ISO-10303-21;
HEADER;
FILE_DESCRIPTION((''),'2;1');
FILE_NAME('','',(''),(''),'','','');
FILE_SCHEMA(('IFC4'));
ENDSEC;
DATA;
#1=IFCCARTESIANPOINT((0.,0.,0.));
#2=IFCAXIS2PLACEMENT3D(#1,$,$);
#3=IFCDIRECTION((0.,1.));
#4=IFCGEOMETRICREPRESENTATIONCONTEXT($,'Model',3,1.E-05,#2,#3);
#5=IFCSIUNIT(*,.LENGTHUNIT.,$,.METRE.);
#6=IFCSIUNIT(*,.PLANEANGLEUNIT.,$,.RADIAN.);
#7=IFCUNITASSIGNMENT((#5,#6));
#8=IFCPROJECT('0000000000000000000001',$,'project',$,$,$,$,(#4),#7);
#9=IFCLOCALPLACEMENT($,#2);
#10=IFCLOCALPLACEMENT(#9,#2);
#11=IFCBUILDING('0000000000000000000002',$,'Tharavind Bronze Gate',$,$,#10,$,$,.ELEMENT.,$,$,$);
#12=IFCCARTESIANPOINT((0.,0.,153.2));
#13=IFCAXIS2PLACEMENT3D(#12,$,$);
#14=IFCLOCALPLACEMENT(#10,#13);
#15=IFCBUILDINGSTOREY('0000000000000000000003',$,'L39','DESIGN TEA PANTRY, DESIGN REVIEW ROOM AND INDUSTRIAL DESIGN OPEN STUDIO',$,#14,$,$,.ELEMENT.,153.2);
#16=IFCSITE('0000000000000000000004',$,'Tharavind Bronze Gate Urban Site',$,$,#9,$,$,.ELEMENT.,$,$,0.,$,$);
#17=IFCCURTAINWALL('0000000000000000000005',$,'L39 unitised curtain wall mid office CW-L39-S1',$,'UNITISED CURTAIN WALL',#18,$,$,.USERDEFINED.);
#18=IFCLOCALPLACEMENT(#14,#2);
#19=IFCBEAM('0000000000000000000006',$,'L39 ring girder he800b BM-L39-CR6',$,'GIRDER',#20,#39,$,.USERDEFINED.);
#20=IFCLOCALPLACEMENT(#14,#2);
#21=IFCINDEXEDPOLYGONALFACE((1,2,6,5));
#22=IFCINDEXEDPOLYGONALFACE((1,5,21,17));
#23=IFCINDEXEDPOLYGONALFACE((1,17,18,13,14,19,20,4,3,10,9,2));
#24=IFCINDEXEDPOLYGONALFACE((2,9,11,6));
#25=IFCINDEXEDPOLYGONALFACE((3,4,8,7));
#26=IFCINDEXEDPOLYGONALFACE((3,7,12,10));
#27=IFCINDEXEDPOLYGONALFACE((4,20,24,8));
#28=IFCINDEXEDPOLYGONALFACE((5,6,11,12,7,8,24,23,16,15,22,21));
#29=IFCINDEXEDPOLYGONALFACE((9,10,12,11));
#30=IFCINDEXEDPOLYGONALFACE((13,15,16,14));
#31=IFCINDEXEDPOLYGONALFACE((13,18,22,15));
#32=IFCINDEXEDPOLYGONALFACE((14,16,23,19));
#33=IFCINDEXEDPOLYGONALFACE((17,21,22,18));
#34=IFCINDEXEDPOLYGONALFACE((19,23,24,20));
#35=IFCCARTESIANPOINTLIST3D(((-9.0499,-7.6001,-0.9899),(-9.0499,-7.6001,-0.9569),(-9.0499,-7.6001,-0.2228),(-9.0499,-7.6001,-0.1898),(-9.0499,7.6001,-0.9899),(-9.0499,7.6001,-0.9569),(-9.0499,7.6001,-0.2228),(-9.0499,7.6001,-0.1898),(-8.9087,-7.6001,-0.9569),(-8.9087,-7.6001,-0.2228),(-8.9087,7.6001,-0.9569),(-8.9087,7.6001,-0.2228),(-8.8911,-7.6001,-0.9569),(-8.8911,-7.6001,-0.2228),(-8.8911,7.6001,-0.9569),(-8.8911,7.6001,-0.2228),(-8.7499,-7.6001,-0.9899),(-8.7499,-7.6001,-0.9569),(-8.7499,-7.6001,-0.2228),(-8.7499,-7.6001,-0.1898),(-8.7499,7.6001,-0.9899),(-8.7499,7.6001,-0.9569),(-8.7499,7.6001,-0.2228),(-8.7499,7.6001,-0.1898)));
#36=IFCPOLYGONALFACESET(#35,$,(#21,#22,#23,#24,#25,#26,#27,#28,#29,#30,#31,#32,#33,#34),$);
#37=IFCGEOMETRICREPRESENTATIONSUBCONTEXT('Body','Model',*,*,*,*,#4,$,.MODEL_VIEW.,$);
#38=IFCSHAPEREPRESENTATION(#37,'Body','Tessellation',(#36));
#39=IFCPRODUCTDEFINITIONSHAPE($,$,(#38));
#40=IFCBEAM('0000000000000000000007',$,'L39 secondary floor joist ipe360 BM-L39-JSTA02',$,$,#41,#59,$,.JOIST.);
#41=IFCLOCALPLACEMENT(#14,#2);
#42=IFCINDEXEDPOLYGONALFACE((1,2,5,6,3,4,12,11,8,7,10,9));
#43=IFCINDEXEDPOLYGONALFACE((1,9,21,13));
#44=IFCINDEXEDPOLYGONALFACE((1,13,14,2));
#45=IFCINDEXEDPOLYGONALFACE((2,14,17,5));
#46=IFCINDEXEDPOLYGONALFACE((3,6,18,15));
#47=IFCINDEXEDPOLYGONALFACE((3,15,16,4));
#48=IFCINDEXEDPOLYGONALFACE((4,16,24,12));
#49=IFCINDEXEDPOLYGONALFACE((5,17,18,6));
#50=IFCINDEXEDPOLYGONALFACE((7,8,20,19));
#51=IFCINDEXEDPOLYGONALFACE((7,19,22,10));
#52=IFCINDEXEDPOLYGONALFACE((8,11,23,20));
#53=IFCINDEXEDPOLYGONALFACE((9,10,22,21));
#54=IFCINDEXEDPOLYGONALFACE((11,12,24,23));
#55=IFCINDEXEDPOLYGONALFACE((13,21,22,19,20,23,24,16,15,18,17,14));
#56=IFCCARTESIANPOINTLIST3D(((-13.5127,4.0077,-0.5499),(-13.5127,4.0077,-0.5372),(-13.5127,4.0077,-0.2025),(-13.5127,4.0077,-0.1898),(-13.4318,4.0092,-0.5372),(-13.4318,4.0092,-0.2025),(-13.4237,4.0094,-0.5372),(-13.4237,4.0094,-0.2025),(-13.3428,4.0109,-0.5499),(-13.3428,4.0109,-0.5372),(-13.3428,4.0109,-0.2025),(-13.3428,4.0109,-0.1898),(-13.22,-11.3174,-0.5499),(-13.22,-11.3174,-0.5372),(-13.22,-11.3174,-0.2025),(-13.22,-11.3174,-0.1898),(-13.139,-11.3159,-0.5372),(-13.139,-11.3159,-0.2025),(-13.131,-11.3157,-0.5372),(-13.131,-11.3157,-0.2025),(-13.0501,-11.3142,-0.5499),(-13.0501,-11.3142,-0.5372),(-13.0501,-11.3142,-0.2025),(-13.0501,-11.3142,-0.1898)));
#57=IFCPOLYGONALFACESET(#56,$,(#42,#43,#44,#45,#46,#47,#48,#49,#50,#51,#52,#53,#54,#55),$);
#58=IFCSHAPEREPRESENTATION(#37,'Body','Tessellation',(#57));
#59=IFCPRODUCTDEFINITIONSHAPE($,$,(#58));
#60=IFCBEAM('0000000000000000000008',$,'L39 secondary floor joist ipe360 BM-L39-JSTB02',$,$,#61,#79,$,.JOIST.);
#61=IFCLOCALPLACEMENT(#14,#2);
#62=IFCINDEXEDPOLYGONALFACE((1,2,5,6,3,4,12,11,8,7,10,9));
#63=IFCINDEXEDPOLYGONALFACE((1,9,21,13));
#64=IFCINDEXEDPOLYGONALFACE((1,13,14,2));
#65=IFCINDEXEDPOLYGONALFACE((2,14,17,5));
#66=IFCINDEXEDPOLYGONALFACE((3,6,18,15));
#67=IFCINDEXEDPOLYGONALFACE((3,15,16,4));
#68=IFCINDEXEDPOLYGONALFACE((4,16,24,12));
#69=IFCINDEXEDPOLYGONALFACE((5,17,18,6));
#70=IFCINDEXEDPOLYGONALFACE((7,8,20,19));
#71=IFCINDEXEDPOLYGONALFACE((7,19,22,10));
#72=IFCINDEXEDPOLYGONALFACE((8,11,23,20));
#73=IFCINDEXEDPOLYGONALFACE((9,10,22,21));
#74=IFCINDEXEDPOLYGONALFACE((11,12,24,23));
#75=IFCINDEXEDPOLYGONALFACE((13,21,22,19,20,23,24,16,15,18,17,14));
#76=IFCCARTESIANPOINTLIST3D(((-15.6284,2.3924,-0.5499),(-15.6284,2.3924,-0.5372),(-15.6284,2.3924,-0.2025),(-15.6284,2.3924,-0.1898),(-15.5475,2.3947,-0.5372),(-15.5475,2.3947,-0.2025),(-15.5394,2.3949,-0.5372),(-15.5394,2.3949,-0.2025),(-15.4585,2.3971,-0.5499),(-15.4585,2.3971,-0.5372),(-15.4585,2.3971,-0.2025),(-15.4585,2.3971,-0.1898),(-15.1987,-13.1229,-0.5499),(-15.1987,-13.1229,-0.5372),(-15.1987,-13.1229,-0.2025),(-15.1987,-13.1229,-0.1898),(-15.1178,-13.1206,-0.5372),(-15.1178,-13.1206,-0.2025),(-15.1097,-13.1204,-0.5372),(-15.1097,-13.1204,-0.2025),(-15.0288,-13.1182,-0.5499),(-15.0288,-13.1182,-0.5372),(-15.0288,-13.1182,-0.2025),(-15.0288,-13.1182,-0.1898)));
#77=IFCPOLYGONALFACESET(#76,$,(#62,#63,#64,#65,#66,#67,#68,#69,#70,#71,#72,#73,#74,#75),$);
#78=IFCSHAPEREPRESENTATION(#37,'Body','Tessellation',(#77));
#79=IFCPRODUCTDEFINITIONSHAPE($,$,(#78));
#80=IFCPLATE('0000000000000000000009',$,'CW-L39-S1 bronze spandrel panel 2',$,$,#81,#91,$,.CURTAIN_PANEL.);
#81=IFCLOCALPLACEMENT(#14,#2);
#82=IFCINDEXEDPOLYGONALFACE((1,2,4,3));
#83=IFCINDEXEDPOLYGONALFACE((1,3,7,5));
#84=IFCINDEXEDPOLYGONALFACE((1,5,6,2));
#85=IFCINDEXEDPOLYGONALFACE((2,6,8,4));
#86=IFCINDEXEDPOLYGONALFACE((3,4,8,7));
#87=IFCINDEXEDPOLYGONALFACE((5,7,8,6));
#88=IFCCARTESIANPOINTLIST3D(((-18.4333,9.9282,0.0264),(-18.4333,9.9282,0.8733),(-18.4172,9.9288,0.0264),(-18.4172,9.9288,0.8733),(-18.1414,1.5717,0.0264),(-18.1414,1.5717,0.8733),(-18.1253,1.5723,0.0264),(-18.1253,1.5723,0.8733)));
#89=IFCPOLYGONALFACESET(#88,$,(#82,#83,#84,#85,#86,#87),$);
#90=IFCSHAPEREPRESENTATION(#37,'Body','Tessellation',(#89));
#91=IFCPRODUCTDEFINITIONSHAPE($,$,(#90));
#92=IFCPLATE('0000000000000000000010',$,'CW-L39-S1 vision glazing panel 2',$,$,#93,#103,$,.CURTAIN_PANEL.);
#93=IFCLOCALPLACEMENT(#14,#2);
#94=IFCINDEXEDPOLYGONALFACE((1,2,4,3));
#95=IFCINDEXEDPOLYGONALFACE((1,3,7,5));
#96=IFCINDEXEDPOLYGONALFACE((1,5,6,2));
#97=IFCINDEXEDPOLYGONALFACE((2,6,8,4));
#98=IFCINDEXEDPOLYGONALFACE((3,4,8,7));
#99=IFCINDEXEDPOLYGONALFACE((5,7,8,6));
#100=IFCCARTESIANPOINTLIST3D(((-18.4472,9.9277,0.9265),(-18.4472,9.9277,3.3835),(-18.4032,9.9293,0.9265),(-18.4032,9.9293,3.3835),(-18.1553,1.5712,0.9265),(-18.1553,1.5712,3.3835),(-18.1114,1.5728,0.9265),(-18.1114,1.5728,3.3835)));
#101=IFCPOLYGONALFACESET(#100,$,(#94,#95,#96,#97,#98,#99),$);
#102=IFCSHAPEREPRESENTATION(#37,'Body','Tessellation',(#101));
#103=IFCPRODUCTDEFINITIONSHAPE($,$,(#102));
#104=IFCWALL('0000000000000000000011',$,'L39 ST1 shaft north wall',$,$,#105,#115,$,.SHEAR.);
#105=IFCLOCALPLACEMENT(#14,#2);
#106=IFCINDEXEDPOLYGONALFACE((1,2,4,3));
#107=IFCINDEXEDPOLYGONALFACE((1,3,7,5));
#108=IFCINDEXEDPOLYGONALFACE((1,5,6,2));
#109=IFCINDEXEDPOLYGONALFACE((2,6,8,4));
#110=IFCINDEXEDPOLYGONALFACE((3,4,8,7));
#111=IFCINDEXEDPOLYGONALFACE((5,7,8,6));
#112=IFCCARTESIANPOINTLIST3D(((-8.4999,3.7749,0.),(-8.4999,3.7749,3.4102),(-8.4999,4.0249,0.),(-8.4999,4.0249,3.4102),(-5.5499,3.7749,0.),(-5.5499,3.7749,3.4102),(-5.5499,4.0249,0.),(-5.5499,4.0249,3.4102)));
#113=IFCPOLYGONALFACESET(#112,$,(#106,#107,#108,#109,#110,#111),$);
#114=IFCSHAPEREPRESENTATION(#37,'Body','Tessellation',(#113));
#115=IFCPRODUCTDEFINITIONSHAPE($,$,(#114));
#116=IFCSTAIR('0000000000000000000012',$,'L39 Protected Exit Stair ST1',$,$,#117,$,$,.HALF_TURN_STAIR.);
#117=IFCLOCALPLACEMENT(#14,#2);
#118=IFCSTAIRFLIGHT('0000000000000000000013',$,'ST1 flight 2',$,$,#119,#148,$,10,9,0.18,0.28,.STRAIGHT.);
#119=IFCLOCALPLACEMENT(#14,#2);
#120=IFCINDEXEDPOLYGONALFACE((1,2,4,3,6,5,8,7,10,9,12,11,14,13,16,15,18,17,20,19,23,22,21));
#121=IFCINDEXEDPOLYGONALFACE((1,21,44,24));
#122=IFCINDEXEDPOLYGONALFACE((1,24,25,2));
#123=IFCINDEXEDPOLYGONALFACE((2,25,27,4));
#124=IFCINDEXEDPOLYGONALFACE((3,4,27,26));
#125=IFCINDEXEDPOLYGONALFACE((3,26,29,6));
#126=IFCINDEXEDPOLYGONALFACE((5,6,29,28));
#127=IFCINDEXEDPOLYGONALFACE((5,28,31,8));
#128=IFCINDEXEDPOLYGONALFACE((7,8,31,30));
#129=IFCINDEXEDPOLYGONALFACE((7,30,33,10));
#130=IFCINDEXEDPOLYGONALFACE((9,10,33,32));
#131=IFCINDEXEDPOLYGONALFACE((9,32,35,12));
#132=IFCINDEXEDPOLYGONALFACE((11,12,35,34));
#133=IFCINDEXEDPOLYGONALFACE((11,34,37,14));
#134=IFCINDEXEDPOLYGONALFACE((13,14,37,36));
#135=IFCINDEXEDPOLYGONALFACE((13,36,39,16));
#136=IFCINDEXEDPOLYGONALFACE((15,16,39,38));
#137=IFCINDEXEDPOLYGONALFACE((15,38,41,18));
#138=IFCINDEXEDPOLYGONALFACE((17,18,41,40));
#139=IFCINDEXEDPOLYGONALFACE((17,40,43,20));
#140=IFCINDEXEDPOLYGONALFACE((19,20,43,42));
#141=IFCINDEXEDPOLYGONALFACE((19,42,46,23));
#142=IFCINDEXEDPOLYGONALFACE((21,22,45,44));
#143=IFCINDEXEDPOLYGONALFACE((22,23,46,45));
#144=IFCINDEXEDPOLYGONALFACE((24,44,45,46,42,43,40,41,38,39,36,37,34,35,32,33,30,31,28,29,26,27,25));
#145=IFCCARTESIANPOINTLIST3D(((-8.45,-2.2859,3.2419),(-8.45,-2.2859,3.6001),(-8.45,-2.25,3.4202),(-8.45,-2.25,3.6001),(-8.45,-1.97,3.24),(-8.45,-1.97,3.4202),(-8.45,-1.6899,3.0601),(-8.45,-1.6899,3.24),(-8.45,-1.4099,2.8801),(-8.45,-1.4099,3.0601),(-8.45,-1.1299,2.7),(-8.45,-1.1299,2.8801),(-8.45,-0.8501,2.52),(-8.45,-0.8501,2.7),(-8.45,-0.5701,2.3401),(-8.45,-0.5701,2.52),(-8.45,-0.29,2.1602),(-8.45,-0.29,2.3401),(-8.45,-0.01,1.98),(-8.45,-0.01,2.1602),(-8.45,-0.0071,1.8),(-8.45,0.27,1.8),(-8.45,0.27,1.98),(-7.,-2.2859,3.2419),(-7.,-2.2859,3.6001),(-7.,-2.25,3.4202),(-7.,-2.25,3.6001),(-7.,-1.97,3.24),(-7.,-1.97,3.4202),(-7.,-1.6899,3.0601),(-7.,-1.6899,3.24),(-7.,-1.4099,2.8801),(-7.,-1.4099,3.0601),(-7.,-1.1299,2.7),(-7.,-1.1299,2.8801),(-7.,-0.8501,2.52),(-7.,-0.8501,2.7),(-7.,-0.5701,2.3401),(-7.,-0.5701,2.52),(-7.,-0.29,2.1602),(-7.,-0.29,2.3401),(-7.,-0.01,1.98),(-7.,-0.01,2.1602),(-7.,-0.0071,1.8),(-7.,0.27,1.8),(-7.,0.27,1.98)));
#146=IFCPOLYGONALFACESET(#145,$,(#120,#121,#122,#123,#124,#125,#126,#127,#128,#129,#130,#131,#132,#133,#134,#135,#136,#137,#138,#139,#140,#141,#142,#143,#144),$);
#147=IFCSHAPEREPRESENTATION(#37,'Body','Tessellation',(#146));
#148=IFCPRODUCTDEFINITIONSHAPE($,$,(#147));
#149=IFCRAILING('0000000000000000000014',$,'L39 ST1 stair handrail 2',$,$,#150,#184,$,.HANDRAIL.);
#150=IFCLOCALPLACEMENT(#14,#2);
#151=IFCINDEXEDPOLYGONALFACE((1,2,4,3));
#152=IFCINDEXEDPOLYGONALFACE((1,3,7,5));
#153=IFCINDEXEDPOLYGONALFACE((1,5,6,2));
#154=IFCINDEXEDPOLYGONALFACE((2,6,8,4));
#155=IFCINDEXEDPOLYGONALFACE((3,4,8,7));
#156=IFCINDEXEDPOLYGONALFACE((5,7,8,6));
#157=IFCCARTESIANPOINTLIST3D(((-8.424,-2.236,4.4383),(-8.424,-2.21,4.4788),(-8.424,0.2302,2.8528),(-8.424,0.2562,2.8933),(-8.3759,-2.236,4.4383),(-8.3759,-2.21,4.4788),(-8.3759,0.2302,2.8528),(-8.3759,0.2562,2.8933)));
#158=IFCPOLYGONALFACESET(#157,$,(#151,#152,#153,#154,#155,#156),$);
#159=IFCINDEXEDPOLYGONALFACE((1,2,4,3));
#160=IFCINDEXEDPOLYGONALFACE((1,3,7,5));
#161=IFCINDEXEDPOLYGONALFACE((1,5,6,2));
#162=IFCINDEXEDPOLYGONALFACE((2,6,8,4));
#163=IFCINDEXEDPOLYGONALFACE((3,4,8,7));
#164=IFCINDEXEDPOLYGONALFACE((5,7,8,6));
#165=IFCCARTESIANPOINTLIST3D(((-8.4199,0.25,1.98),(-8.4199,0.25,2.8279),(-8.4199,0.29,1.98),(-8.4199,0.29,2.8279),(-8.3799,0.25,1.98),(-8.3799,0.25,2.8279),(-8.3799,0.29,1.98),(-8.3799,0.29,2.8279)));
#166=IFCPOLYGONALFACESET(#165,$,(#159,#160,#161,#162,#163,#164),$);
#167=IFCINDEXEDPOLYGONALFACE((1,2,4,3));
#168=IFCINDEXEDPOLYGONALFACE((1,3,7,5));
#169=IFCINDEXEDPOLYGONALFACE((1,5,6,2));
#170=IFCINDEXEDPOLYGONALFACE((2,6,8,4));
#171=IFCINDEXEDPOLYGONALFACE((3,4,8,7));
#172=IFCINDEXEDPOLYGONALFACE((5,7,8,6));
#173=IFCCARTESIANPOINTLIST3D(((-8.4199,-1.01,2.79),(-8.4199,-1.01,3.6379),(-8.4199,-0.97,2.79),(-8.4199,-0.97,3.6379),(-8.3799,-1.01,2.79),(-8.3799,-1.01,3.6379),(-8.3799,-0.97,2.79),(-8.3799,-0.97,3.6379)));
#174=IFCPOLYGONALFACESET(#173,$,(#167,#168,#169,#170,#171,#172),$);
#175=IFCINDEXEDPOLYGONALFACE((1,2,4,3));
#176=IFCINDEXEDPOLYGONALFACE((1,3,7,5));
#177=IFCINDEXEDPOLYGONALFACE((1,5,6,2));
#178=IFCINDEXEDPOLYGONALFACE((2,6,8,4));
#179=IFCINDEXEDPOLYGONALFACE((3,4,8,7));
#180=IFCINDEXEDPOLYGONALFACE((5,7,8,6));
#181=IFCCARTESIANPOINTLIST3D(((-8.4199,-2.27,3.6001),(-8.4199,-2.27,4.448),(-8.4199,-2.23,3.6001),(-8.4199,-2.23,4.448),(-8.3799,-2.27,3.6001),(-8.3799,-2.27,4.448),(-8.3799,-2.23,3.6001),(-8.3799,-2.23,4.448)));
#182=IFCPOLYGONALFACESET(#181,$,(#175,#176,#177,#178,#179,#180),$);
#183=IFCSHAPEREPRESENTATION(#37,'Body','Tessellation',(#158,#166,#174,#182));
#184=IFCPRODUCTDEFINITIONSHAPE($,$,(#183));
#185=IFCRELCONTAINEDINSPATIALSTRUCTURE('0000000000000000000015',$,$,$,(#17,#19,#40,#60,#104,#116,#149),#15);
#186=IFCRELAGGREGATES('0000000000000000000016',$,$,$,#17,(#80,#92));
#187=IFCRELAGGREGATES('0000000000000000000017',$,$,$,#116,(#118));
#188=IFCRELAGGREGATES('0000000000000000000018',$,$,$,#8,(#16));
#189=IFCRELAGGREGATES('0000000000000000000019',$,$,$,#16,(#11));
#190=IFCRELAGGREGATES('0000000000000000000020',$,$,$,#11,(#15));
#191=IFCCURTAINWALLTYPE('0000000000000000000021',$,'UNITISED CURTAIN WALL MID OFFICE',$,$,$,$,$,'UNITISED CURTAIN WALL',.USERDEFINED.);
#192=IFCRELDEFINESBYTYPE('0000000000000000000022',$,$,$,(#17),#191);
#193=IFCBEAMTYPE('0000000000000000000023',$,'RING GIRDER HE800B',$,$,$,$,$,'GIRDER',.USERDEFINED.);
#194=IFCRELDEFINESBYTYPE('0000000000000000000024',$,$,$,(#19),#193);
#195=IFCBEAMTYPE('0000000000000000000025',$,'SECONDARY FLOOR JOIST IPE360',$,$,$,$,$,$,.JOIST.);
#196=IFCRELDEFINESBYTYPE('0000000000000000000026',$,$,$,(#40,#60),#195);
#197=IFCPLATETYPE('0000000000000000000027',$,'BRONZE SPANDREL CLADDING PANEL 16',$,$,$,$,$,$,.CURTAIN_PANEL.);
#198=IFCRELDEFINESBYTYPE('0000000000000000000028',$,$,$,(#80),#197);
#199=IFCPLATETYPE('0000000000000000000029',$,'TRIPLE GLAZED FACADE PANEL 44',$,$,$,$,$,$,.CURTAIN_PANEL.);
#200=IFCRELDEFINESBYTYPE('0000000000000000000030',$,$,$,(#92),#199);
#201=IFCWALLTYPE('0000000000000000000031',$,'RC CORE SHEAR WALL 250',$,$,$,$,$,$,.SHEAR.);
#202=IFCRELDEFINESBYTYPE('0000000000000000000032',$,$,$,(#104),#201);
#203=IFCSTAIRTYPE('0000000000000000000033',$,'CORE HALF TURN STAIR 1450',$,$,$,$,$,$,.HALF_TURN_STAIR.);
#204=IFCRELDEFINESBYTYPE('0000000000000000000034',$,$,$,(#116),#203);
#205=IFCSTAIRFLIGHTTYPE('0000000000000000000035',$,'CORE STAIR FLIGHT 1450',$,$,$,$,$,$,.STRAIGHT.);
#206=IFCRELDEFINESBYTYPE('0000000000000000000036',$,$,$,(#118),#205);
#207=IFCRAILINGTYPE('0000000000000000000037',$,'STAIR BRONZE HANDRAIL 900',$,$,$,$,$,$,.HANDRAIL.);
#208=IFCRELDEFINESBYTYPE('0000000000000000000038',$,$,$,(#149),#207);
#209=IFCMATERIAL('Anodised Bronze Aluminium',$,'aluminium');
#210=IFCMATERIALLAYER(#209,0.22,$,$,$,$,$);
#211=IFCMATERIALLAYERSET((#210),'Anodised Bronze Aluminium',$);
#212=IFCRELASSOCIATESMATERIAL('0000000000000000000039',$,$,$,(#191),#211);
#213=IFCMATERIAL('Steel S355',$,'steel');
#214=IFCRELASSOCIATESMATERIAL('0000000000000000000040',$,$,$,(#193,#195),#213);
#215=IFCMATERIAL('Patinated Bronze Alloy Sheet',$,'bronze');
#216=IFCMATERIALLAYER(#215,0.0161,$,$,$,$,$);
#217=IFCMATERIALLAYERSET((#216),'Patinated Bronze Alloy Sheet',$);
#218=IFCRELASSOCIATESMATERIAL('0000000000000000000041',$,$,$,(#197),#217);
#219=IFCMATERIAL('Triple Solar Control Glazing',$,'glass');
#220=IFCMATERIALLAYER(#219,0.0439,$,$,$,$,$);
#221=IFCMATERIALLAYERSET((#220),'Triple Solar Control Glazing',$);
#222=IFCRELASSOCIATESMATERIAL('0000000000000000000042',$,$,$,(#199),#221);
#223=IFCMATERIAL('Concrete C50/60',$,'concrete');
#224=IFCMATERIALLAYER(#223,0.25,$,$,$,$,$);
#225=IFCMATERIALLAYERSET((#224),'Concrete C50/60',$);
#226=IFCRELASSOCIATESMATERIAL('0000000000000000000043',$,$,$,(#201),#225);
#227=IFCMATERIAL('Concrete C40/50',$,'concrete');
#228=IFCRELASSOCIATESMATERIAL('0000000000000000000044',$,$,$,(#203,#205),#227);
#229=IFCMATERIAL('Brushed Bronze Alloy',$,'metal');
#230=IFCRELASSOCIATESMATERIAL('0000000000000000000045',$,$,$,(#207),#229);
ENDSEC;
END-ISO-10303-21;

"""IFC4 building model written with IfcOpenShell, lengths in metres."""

from ifc_helpers import new_model, si_unit, direction, frame, frame_2d, origin, origin_2d, place, context, subcontext, project, spatial, polyline, rectangle, i_section, outline, extrude, material, layer, layer_set, material_profile, profile_set, type_object, element, aggregate, save


model = new_model("IFC4")

# Units and contexts
model_context = context("Model", 3, precision=1e-05, world=origin(), true_north=direction((0.0, 1.0)))
body_context = subcontext(model_context, "Body", "Model", "MODEL_VIEW")
ifc_project = project(units=[si_unit("LENGTHUNIT", "METRE"), si_unit("PLANEANGLEUNIT", "RADIAN")], contexts=[model_context])

# Site, building, storey
site_placement = place(None, origin())
site = spatial("IfcSite", under=ifc_project, at=site_placement, Name="Tharavind Bronze Gate Urban Site", CompositionType="ELEMENT", RefElevation=0.0)
building_placement = place(site_placement, origin())
building = spatial("IfcBuilding", under=site, at=building_placement, Name="Tharavind Bronze Gate", CompositionType="ELEMENT")
storey_placement = place(building_placement, frame((0.0, 0.0, 153.2)))
storey = spatial("IfcBuildingStorey", under=building, at=storey_placement, Name="L39", Description="DESIGN TEA PANTRY, DESIGN REVIEW ROOM AND INDUSTRIAL DESIGN OPEN STUDIO", CompositionType="ELEMENT", Elevation=153.2)

# Curtain wall
ifc_material_1 = material(Name="Anodised Bronze Aluminium", Category="aluminium")
ifc_layer_1 = layer(ifc_material_1, 0.22)
ifc_layer_set_1 = layer_set([ifc_layer_1], Name="Anodised Bronze Aluminium")
curtain_wall_type = type_object("IfcCurtainWallType", Name="UNITISED CURTAIN WALL MID OFFICE", ElementType="UNITISED CURTAIN WALL", PredefinedType="USERDEFINED", material=ifc_layer_set_1)
curtain_wall_placement = place(storey_placement, origin())
curtain_wall = element("IfcCurtainWall", 1, at=curtain_wall_placement, inside=storey, type_object=curtain_wall_type, Name="L39 unitised curtain wall mid office CW-L39-S1", ObjectType="UNITISED CURTAIN WALL", PredefinedType="USERDEFINED")

# Beams
ifc_material_2 = material(Name="Steel S355", Category="steel")
ifc_material_profile_1 = material_profile(ifc_material_2, i_section(OverallWidth=0.3, OverallDepth=0.8, WebThickness=0.0176, FlangeThickness=0.033, at=origin_2d()), Name="HE800B")
ifc_profile_set_1 = profile_set([ifc_material_profile_1], Name="Steel S355")
beam_type_1 = type_object("IfcBeamType", Name="RING GIRDER HE800B", ElementType="GIRDER", PredefinedType="USERDEFINED", material=ifc_profile_set_1)
beam_1_placement = place(storey_placement, frame((-8.8999, 7.6001, -0.5898), z_axis=(0.0, -1.0, 0.0), x_axis=(1.0, 0.0, 0.0)))
element("IfcBeam", 2, at=beam_1_placement, inside=storey, type_object=beam_type_1, Name="L39 ring girder he800b BM-L39-CR6", ObjectType="GIRDER", PredefinedType="USERDEFINED", context=body_context, shape_type="SweptSolid", body=[
    extrude(i_section(OverallWidth=0.3, OverallDepth=0.8, WebThickness=0.0176, FlangeThickness=0.033, at=origin_2d()), origin(), (0.0, 0.0, 1.0), 15.2002),
])
ifc_material_profile_2 = material_profile(ifc_material_2, i_section(OverallWidth=0.1699, OverallDepth=0.3601, WebThickness=0.0081, FlangeThickness=0.0127, at=origin_2d()), Name="IPE360")
ifc_profile_set_2 = profile_set([ifc_material_profile_2], Name="Steel S355")
beam_type_2 = type_object("IfcBeamType", Name="SECONDARY FLOOR JOIST IPE360", PredefinedType="JOIST", material=ifc_profile_set_2)
beam_2_placement = place(storey_placement, frame((-13.4277, 4.0093, -0.3699), z_axis=(0.019097, -0.999818, 0.0), x_axis=(0.999818, 0.019097, 0.0)))
element("IfcBeam", 3, at=beam_2_placement, inside=storey, type_object=beam_type_2, Name="L39 secondary floor joist ipe360 BM-L39-JSTA02", PredefinedType="JOIST", context=body_context, shape_type="SweptSolid", body=[
    extrude(i_section(OverallWidth=0.1699, OverallDepth=0.3601, WebThickness=0.0081, FlangeThickness=0.0127, at=origin_2d()), origin(), (0.0, 0.0, 1.0), 15.3279),
])
beam_3_placement = place(storey_placement, frame((-15.5435, 2.3948, -0.3699), z_axis=(0.027684, -0.999617, 0.0), x_axis=(0.999617, 0.027684, 0.0)))
element("IfcBeam", 4, at=beam_3_placement, inside=storey, type_object=beam_type_2, Name="L39 secondary floor joist ipe360 BM-L39-JSTB02", PredefinedType="JOIST", context=body_context, shape_type="SweptSolid", body=[
    extrude(i_section(OverallWidth=0.1699, OverallDepth=0.3601, WebThickness=0.0081, FlangeThickness=0.0127, at=origin_2d()), origin(), (0.0, 0.0, 1.0), 15.5212),
])

# Plates
ifc_material_3 = material(Name="Patinated Bronze Alloy Sheet", Category="bronze")
ifc_layer_2 = layer(ifc_material_3, 0.0161)
ifc_layer_set_2 = layer_set([ifc_layer_2], Name="Patinated Bronze Alloy Sheet")
plate_type_1 = type_object("IfcPlateType", Name="BRONZE SPANDREL CLADDING PANEL 16", PredefinedType="CURTAIN_PANEL", material=ifc_layer_set_2)
plate_1_placement = place(storey_placement, frame((-18.2793, 5.7502, 0.0264), z_axis=(0.0, 0.0, 1.0), x_axis=(0.034899, -0.999391, 0.0)))
plate_1 = element("IfcPlate", 5, at=plate_1_placement, type_object=plate_type_1, Name="CW-L39-S1 bronze spandrel panel 2", PredefinedType="CURTAIN_PANEL", context=body_context, shape_type="SweptSolid", body=[
    extrude(rectangle(XDim=8.3616, YDim=0.0161, at=origin_2d()), origin(), (0.0, 0.0, 1.0), 0.8469),
])
ifc_material_4 = material(Name="Triple Solar Control Glazing", Category="glass")
ifc_layer_3 = layer(ifc_material_4, 0.0439)
ifc_layer_set_3 = layer_set([ifc_layer_3], Name="Triple Solar Control Glazing")
plate_type_2 = type_object("IfcPlateType", Name="TRIPLE GLAZED FACADE PANEL 44", PredefinedType="CURTAIN_PANEL", material=ifc_layer_set_3)
plate_2_placement = place(storey_placement, frame((-18.2793, 5.7502, 0.9265), z_axis=(0.0, 0.0, 1.0), x_axis=(0.034899, -0.999391, 0.0)))
plate_2 = element("IfcPlate", 6, at=plate_2_placement, type_object=plate_type_2, Name="CW-L39-S1 vision glazing panel 2", PredefinedType="CURTAIN_PANEL", context=body_context, shape_type="SweptSolid", body=[
    extrude(rectangle(XDim=8.3616, YDim=0.0439, at=origin_2d()), origin(), (0.0, 0.0, 1.0), 2.457),
])
aggregate(curtain_wall, [plate_1, plate_2])

# Wall
ifc_material_5 = material(Name="Concrete C50/60", Category="concrete")
ifc_layer_4 = layer(ifc_material_5, 0.25)
ifc_layer_set_4 = layer_set([ifc_layer_4], Name="Concrete C50/60")
wall_type = type_object("IfcWallType", Name="RC CORE SHEAR WALL 250", PredefinedType="SHEAR", material=ifc_layer_set_4)
wall_placement = place(storey_placement, frame((-8.5, 3.8999, 0.0), z_axis=(0.0, 0.0, 1.0), x_axis=(1.0, 0.0, 0.0)))
element("IfcWall", 7, at=wall_placement, inside=storey, type_object=wall_type, Name="L39 ST1 shaft north wall", PredefinedType="SHEAR", context=body_context, shape_type="SweptSolid", body=[
    extrude(rectangle(XDim=2.95, YDim=0.25, at=frame_2d((1.4751, 0.0))), origin(), (0.0, 0.0, 1.0), 3.4102),
])

# Stair, stair flight
ifc_material_6 = material(Name="Concrete C40/50", Category="concrete")
stair_type = type_object("IfcStairType", Name="CORE HALF TURN STAIR 1450", PredefinedType="HALF_TURN_STAIR", material=ifc_material_6)
stair_placement = place(storey_placement, origin())
stair = element("IfcStair", 8, at=stair_placement, inside=storey, type_object=stair_type, Name="L39 Protected Exit Stair ST1", PredefinedType="HALF_TURN_STAIR")
stair_flight_type = type_object("IfcStairFlightType", Name="CORE STAIR FLIGHT 1450", PredefinedType="STRAIGHT", material=ifc_material_6)
stair_flight_placement = place(storey_placement, frame((-7.7251, 0.27, 1.8), z_axis=(0.0, 0.0, 1.0), x_axis=(0.0, -1.0, 0.0)))
stair_flight = element("IfcStairFlight", 9, at=stair_flight_placement, type_object=stair_flight_type, Name="ST1 flight 2", NumberOfRisers=10, NumberOfTreads=9, PredefinedType="STRAIGHT", RiserHeight=0.18, TreadLength=0.28, context=body_context, shape_type="SweptSolid", body=[
    extrude(outline(polyline([(0.0, 0.0), (0.0, 0.1799), (0.28, 0.1799), (0.28, 0.3601), (0.5601, 0.3601), (0.5601, 0.54), (0.8401, 0.54), (0.8401, 0.72), (1.1201, 0.72), (1.1201, 0.8999), (1.3999, 0.8999), (1.3999, 1.0801), (1.6799, 1.0801), (1.6799, 1.26), (1.96, 1.26), (1.96, 1.4399), (2.24, 1.4399), (2.24, 1.6201), (2.52, 1.6201), (2.52, 1.8), (2.5559, 1.8), (2.5559, 1.4419), (0.2771, 0.0), (0.0, 0.0)])), frame((0.0, 0.7251, 0.0), z_axis=(0.0, -1.0, 0.0), x_axis=(1.0, 0.0, 0.0)), (0.0, 0.0, 1.0), 1.45),
])
aggregate(stair, [stair_flight])

# Railing
ifc_material_7 = material(Name="Brushed Bronze Alloy", Category="metal")
railing_type_1 = type_object("IfcRailingType", Name="STAIR BRONZE HANDRAIL 900", PredefinedType="HANDRAIL", material=ifc_material_7)
railing_1_placement = place(storey_placement, frame((-8.3999, 0.27, 1.98)))
element("IfcRailing", 10, at=railing_1_placement, inside=storey, type_object=railing_type_1, Name="L39 ST1 stair handrail 2", PredefinedType="HANDRAIL", context=body_context, shape_type="SweptSolid", body=[
    extrude(rectangle(XDim=0.0481, YDim=0.0481, at=origin_2d()), frame((0.0, -0.0269, 0.8931), z_axis=(0.0, -0.841163, 0.540782), x_axis=(1.0, 0.0, 0.0)), (0.0, 0.0, 1.0), 2.9319),
    extrude(rectangle(XDim=0.04, YDim=0.04, at=origin_2d()), origin(), (0.0, 0.0, 1.0), 0.8479),
    extrude(rectangle(XDim=0.04, YDim=0.04, at=origin_2d()), frame((0.0, -1.26, 0.8101)), (0.0, 0.0, 1.0), 0.8479),
    extrude(rectangle(XDim=0.04, YDim=0.04, at=origin_2d()), frame((0.0, -2.52, 1.6201)), (0.0, 0.0, 1.0), 0.8479),
])

save(model, "model.ifc")
